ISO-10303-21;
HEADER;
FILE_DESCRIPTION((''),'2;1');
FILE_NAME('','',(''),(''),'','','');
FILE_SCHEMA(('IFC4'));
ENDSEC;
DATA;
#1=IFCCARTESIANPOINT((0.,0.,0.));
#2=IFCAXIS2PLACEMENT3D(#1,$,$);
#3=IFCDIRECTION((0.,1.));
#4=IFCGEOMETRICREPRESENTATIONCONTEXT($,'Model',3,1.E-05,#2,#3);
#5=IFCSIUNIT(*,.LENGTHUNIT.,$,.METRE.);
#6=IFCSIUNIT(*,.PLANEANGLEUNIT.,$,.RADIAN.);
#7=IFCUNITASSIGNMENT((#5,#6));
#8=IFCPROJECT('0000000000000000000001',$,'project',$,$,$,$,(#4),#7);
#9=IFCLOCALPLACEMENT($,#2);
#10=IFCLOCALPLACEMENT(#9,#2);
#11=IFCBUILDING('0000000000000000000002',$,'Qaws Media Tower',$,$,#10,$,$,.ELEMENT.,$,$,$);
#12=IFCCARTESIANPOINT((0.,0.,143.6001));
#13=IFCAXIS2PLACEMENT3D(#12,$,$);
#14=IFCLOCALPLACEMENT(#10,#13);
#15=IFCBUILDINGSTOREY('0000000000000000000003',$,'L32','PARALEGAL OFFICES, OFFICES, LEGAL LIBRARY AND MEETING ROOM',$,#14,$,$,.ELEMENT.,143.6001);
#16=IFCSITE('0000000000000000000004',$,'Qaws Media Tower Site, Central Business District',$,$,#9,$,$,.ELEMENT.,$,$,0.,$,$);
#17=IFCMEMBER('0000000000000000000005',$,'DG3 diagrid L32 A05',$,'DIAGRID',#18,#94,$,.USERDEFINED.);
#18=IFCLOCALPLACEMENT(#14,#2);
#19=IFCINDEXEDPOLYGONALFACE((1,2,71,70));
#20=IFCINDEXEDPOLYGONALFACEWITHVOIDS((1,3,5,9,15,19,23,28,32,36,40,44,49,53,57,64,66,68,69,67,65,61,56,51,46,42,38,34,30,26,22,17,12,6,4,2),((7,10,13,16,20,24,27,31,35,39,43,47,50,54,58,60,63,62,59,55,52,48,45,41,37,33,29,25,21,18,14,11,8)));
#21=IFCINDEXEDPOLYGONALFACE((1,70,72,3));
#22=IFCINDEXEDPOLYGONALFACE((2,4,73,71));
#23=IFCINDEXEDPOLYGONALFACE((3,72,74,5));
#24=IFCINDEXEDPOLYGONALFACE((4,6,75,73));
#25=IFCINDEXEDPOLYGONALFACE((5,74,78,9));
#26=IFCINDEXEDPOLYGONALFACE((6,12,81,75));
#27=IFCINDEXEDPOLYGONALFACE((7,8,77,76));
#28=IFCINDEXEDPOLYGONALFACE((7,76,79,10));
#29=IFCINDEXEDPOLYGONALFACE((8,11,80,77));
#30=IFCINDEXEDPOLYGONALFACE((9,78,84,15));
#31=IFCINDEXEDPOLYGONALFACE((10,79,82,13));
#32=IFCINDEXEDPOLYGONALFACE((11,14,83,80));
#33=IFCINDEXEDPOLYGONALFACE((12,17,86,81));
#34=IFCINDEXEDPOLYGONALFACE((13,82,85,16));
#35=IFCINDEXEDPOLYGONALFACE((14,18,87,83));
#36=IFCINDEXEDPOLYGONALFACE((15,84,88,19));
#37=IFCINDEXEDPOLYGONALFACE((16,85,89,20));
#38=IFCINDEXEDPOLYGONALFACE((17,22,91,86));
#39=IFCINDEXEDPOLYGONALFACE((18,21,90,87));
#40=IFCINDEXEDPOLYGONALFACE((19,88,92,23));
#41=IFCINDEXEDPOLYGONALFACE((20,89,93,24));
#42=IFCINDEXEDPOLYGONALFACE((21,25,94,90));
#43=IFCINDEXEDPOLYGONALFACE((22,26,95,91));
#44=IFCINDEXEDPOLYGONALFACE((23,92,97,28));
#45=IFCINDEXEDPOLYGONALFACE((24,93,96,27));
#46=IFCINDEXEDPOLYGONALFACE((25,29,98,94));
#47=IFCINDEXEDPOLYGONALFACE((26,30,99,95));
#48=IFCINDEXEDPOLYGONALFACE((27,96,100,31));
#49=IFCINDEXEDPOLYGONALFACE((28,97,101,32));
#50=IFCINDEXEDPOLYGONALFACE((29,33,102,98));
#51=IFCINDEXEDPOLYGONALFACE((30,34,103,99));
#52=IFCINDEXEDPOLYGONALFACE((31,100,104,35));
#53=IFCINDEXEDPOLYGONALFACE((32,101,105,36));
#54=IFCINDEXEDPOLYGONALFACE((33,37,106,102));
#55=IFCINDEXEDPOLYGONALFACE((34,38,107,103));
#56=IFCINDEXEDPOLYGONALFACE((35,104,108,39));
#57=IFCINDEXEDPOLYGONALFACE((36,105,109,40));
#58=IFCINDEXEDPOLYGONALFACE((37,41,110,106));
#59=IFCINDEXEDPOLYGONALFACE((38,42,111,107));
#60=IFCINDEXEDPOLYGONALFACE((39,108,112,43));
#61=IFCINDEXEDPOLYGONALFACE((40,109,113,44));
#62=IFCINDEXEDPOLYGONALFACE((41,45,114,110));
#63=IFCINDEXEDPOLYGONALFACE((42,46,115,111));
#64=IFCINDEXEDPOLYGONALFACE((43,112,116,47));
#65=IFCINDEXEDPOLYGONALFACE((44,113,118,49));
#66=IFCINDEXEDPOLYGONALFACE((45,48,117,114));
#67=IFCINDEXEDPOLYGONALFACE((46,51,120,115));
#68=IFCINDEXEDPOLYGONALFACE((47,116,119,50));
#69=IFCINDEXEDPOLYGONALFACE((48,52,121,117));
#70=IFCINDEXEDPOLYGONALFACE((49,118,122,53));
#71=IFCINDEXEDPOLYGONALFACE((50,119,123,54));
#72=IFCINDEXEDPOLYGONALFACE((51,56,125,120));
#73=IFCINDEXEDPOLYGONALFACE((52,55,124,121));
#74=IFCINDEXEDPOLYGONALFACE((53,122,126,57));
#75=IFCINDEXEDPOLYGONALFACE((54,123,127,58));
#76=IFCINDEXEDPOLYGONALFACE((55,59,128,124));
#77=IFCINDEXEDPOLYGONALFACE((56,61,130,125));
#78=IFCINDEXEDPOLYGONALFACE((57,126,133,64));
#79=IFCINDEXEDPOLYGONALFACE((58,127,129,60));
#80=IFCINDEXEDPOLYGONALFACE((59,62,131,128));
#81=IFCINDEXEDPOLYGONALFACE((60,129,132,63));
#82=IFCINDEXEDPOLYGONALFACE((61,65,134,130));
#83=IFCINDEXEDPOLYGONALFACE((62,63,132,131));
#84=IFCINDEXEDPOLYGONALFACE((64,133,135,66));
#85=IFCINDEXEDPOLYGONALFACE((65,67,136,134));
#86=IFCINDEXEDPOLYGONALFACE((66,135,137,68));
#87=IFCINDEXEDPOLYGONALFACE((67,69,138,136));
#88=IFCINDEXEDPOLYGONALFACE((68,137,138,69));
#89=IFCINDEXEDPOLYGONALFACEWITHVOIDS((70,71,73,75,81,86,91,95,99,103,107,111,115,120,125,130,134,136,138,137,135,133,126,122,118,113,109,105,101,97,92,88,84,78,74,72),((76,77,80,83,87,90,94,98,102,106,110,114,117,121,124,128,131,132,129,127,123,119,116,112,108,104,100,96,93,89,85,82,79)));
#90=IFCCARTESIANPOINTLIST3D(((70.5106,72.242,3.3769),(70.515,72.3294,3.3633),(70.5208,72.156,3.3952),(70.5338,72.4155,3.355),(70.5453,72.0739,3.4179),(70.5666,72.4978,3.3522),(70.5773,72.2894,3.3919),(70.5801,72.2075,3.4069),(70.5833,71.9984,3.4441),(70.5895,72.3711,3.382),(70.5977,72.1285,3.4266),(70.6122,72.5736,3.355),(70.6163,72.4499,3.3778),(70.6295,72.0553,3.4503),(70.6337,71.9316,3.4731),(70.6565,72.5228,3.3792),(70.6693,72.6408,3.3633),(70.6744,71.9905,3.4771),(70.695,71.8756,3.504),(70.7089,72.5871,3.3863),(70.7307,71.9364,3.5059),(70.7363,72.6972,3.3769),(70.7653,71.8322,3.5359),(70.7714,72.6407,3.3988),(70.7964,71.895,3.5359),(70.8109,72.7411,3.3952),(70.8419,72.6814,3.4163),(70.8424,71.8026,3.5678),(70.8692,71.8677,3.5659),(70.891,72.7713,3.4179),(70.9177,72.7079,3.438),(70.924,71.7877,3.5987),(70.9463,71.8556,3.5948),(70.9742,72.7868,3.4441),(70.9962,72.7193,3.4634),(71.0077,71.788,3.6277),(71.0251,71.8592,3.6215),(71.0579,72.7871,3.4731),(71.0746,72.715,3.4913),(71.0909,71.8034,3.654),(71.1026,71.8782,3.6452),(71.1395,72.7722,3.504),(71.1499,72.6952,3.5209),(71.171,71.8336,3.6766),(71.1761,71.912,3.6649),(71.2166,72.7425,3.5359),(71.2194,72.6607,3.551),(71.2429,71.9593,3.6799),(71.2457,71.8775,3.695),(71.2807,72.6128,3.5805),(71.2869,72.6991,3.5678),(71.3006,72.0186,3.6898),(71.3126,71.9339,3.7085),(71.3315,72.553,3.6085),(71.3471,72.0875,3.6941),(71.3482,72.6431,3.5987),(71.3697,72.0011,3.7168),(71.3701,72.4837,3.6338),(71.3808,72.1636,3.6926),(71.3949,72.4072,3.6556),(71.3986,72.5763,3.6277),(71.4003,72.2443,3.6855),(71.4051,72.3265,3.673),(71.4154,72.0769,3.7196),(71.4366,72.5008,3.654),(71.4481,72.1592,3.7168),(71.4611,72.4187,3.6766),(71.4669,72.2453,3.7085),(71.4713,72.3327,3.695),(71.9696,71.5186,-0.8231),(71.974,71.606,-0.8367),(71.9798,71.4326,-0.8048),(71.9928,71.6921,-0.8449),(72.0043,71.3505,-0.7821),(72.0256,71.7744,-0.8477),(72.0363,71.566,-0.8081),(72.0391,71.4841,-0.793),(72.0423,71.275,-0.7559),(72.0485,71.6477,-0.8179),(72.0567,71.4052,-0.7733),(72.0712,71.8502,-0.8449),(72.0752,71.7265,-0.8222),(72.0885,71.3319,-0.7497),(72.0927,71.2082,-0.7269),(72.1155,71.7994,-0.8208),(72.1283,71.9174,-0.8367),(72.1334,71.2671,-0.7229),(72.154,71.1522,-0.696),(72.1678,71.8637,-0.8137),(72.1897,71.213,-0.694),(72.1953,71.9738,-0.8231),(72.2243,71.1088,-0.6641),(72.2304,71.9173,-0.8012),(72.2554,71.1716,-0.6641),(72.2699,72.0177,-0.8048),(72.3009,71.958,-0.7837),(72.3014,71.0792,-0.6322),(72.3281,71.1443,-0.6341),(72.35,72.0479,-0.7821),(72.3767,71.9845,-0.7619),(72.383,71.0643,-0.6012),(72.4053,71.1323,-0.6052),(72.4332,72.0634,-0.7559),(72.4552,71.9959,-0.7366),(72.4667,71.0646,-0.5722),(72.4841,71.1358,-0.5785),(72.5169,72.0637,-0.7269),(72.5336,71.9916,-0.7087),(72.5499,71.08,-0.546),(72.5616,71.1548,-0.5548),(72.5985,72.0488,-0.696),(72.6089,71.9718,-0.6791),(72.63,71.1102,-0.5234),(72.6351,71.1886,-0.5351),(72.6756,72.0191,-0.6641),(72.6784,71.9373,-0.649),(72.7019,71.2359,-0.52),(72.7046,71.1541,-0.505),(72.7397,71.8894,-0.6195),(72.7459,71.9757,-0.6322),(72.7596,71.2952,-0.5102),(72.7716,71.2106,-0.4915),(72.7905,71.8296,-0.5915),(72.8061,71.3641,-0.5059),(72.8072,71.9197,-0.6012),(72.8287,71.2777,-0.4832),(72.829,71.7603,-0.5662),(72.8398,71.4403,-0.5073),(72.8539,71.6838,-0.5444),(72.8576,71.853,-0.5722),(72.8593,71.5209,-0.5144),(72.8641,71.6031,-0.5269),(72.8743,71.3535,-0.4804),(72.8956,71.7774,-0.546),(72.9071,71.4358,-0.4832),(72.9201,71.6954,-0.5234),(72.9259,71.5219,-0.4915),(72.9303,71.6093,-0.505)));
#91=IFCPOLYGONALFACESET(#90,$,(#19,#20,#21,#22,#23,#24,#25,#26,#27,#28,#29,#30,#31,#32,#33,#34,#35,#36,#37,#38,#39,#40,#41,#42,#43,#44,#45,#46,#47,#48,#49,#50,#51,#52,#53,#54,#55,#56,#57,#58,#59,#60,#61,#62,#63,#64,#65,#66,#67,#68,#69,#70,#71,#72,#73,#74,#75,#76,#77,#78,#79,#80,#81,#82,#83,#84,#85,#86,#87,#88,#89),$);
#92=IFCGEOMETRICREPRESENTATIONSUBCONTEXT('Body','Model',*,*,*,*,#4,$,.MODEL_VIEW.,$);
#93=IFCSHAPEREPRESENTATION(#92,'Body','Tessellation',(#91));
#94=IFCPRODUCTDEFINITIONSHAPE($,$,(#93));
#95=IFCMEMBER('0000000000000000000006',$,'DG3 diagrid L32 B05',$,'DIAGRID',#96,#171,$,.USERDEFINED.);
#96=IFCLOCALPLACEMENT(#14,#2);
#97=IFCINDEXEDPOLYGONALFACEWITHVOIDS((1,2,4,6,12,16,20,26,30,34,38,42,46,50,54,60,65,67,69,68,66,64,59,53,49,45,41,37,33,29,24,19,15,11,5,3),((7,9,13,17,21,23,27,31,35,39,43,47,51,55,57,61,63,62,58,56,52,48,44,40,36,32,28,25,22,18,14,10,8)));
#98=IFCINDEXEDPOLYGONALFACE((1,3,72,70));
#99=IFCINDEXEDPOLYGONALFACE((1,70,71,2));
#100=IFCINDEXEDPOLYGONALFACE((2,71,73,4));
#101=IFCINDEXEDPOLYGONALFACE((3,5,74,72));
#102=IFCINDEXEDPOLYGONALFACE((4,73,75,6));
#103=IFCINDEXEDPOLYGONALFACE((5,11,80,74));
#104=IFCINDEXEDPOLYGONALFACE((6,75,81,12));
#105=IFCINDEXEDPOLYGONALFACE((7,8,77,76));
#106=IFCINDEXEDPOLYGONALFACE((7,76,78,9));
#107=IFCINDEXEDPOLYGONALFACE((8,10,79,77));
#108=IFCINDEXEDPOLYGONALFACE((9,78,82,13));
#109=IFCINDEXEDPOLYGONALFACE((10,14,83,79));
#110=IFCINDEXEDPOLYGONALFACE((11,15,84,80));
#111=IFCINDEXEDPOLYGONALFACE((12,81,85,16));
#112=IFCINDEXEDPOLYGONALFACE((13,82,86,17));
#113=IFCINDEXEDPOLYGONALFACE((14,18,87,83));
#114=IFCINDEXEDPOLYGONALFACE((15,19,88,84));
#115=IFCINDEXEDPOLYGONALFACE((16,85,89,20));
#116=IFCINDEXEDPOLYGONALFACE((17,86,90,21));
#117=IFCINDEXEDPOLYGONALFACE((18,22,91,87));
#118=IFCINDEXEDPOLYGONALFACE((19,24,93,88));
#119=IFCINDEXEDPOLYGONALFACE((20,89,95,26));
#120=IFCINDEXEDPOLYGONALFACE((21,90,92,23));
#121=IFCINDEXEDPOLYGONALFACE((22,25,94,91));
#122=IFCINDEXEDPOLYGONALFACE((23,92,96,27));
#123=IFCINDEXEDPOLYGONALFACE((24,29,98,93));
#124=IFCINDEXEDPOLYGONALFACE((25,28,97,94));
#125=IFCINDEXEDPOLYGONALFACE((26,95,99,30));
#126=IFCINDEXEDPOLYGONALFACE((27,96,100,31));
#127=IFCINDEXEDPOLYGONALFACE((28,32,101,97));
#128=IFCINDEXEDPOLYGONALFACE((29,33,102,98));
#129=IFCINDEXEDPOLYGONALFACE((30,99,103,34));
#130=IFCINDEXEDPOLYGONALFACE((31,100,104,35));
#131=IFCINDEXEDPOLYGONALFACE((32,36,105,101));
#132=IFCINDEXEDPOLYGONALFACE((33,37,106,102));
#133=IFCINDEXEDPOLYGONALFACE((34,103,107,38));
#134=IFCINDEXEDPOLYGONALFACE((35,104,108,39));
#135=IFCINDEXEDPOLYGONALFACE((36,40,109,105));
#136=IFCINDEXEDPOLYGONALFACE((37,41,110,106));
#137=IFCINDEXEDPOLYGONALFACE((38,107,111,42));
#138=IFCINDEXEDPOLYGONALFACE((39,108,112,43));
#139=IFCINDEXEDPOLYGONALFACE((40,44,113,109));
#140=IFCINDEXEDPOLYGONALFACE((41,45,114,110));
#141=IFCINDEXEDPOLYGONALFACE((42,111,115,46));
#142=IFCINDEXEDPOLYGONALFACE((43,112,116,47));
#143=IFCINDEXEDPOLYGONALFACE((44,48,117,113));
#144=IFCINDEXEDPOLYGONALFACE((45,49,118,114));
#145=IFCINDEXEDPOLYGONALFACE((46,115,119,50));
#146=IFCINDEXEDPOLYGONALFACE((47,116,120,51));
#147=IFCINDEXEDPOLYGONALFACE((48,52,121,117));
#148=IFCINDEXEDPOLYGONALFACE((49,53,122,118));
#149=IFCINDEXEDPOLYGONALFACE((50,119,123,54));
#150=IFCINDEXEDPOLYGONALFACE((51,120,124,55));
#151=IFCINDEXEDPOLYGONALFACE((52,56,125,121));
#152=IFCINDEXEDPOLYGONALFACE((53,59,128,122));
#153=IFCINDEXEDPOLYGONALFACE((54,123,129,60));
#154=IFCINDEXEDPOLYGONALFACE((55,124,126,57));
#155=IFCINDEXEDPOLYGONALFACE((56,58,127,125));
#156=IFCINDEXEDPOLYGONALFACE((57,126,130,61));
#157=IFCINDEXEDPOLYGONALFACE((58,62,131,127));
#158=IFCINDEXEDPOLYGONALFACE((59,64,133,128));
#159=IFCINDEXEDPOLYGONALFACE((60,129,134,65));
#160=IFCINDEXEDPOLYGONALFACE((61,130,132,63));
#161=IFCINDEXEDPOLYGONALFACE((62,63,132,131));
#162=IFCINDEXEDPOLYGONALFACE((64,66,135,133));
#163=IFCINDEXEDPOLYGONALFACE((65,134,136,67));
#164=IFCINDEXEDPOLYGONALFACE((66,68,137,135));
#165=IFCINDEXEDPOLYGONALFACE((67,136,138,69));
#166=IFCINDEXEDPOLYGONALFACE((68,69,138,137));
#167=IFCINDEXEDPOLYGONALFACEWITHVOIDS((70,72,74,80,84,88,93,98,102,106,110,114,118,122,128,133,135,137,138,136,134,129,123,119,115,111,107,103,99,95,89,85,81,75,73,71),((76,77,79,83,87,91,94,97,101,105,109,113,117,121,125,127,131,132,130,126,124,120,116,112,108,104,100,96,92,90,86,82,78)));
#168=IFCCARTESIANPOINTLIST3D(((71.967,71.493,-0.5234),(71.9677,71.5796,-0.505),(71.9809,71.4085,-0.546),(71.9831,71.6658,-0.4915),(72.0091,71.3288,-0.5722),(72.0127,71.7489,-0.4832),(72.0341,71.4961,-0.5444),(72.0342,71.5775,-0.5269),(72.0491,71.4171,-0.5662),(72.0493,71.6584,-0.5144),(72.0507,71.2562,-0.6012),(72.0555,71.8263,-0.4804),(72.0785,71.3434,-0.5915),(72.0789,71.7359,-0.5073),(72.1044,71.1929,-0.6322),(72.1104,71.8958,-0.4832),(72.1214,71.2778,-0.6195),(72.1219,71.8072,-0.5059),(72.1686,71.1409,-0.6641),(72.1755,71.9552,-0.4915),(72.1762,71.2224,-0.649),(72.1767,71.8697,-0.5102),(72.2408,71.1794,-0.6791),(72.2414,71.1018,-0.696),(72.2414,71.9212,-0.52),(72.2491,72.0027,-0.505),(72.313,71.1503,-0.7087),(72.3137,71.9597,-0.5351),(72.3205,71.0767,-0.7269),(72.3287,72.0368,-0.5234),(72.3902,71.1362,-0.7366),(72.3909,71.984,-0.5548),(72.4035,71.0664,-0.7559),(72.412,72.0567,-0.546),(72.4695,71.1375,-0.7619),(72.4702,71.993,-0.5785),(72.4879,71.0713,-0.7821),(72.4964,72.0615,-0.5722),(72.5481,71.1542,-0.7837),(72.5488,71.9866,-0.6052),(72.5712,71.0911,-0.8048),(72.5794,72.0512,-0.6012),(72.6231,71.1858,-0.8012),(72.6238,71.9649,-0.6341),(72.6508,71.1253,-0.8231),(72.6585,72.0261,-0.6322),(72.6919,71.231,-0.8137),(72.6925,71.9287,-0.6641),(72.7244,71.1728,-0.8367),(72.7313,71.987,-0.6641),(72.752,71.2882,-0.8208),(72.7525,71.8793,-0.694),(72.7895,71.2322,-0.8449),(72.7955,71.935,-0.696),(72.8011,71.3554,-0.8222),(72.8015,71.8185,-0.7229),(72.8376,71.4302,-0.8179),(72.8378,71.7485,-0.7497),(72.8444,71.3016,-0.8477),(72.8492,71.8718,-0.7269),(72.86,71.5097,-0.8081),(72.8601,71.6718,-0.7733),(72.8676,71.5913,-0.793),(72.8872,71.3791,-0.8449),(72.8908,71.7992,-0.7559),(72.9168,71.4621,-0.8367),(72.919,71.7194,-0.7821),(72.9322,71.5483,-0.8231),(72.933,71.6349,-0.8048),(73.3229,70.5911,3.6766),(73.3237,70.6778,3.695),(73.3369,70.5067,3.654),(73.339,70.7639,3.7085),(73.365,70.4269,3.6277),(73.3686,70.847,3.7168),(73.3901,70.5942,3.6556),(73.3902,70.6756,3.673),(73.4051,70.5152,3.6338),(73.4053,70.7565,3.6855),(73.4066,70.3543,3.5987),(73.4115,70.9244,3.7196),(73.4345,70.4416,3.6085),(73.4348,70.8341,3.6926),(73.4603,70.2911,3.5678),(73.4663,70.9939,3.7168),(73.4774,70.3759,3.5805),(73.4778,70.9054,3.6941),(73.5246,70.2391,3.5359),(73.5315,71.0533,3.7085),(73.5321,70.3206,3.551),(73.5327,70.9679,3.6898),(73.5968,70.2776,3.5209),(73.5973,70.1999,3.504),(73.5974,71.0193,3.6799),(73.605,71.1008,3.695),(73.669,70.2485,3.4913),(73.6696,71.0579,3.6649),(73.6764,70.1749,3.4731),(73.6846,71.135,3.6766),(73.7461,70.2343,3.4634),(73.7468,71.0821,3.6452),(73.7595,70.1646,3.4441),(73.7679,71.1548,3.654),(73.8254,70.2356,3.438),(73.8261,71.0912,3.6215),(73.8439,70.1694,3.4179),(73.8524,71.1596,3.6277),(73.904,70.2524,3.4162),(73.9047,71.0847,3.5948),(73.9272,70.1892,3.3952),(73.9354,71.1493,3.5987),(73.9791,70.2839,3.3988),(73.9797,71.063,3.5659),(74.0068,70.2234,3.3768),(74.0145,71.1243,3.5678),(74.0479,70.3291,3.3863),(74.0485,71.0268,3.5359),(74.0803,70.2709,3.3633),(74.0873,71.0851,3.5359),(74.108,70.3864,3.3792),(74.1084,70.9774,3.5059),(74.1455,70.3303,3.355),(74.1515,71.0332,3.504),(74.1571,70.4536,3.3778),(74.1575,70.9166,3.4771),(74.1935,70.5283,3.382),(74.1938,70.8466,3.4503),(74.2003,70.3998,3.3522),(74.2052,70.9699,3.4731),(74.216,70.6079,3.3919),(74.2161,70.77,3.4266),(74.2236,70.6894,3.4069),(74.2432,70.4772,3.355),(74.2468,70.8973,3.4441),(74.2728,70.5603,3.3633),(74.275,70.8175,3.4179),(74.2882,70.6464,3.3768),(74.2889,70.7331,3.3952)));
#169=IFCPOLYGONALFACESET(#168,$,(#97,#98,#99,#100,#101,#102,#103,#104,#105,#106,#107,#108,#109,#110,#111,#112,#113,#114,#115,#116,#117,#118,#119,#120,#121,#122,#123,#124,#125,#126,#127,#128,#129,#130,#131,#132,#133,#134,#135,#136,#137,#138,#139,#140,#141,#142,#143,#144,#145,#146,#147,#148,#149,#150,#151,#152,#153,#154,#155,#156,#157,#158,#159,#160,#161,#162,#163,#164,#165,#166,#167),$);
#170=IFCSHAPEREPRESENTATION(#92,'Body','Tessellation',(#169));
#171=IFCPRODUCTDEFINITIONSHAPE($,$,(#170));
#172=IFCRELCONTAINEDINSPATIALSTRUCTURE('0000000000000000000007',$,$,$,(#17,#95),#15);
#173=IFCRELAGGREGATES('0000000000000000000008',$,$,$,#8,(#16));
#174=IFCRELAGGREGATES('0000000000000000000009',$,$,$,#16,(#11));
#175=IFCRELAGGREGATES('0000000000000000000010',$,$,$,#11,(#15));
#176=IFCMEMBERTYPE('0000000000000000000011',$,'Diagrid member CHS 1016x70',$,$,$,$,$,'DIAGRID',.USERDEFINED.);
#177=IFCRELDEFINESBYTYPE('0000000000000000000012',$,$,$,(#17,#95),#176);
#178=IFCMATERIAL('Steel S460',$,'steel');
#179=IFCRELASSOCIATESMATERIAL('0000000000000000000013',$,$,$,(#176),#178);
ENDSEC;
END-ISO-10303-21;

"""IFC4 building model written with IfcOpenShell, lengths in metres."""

from ifc_helpers import new_model, si_unit, direction, frame, origin, origin_2d, place, context, subcontext, project, spatial, hollow_circle, extrude, material, material_profile, profile_set, type_object, element, save


model = new_model("IFC4")

# Units and contexts
model_context = context("Model", 3, precision=1e-05, world=origin(), true_north=direction((0.0, 1.0)))
body_context = subcontext(model_context, "Body", "Model", "MODEL_VIEW")
ifc_project = project(units=[si_unit("LENGTHUNIT", "METRE"), si_unit("PLANEANGLEUNIT", "RADIAN")], contexts=[model_context])

# Site, building, storey
site_placement = place(None, origin())
site = spatial("IfcSite", under=ifc_project, at=site_placement, Name="Qaws Media Tower Site, Central Business District", CompositionType="ELEMENT", RefElevation=0.0)
building_placement = place(site_placement, origin())
building = spatial("IfcBuilding", under=site, at=building_placement, Name="Qaws Media Tower", CompositionType="ELEMENT")
storey_placement = place(building_placement, frame((0.0, 0.0, 143.6001)))
storey = spatial("IfcBuildingStorey", under=building, at=storey_placement, Name="L32", Description="PARALEGAL OFFICES, OFFICES, LEGAL LIBRARY AND MEETING ROOM", CompositionType="ELEMENT", Elevation=143.6001)

# Members
ifc_material_1 = material(Name="Steel S460", Category="steel")
ifc_material_profile_1 = material_profile(ifc_material_1, hollow_circle(Radius=0.5081, WallThickness=0.0701, at=origin_2d()), Name="CHS 1016x70")
ifc_profile_set_1 = profile_set([ifc_material_profile_1], Name="Steel S460")
member_type_1 = type_object("IfcMemberType", Name="Diagrid member CHS 1016x70", ElementType="DIAGRID", PredefinedType="USERDEFINED", material=ifc_profile_set_1)
for number, where, z_axis, x_axis, name in (
    (1, (72.45, 71.564, -0.6641), (-0.323887, 0.160589, 0.932367), (-0.444213, -0.895921, 0.0), "DG3 diagrid L32 A05"),
    (2, (72.45, 71.564, -0.6641), (0.301015, -0.200207, 0.932366), (0.5538, 0.832649, 0.0), "DG3 diagrid L32 B05"),
):
    element("IfcMember", number, at=place(storey_placement, frame(where, z_axis=z_axis, x_axis=x_axis)), inside=storey, type_object=member_type_1, Name=name, ObjectType="DIAGRID", PredefinedType="USERDEFINED", context=body_context, shape_type="SweptSolid", body=[
        extrude(hollow_circle(Radius=0.5081, WallThickness=0.0701, at=origin_2d()), origin(), (0.0, 0.0, 1.0), 4.5046),
    ])

save(model, "model.ifc")
